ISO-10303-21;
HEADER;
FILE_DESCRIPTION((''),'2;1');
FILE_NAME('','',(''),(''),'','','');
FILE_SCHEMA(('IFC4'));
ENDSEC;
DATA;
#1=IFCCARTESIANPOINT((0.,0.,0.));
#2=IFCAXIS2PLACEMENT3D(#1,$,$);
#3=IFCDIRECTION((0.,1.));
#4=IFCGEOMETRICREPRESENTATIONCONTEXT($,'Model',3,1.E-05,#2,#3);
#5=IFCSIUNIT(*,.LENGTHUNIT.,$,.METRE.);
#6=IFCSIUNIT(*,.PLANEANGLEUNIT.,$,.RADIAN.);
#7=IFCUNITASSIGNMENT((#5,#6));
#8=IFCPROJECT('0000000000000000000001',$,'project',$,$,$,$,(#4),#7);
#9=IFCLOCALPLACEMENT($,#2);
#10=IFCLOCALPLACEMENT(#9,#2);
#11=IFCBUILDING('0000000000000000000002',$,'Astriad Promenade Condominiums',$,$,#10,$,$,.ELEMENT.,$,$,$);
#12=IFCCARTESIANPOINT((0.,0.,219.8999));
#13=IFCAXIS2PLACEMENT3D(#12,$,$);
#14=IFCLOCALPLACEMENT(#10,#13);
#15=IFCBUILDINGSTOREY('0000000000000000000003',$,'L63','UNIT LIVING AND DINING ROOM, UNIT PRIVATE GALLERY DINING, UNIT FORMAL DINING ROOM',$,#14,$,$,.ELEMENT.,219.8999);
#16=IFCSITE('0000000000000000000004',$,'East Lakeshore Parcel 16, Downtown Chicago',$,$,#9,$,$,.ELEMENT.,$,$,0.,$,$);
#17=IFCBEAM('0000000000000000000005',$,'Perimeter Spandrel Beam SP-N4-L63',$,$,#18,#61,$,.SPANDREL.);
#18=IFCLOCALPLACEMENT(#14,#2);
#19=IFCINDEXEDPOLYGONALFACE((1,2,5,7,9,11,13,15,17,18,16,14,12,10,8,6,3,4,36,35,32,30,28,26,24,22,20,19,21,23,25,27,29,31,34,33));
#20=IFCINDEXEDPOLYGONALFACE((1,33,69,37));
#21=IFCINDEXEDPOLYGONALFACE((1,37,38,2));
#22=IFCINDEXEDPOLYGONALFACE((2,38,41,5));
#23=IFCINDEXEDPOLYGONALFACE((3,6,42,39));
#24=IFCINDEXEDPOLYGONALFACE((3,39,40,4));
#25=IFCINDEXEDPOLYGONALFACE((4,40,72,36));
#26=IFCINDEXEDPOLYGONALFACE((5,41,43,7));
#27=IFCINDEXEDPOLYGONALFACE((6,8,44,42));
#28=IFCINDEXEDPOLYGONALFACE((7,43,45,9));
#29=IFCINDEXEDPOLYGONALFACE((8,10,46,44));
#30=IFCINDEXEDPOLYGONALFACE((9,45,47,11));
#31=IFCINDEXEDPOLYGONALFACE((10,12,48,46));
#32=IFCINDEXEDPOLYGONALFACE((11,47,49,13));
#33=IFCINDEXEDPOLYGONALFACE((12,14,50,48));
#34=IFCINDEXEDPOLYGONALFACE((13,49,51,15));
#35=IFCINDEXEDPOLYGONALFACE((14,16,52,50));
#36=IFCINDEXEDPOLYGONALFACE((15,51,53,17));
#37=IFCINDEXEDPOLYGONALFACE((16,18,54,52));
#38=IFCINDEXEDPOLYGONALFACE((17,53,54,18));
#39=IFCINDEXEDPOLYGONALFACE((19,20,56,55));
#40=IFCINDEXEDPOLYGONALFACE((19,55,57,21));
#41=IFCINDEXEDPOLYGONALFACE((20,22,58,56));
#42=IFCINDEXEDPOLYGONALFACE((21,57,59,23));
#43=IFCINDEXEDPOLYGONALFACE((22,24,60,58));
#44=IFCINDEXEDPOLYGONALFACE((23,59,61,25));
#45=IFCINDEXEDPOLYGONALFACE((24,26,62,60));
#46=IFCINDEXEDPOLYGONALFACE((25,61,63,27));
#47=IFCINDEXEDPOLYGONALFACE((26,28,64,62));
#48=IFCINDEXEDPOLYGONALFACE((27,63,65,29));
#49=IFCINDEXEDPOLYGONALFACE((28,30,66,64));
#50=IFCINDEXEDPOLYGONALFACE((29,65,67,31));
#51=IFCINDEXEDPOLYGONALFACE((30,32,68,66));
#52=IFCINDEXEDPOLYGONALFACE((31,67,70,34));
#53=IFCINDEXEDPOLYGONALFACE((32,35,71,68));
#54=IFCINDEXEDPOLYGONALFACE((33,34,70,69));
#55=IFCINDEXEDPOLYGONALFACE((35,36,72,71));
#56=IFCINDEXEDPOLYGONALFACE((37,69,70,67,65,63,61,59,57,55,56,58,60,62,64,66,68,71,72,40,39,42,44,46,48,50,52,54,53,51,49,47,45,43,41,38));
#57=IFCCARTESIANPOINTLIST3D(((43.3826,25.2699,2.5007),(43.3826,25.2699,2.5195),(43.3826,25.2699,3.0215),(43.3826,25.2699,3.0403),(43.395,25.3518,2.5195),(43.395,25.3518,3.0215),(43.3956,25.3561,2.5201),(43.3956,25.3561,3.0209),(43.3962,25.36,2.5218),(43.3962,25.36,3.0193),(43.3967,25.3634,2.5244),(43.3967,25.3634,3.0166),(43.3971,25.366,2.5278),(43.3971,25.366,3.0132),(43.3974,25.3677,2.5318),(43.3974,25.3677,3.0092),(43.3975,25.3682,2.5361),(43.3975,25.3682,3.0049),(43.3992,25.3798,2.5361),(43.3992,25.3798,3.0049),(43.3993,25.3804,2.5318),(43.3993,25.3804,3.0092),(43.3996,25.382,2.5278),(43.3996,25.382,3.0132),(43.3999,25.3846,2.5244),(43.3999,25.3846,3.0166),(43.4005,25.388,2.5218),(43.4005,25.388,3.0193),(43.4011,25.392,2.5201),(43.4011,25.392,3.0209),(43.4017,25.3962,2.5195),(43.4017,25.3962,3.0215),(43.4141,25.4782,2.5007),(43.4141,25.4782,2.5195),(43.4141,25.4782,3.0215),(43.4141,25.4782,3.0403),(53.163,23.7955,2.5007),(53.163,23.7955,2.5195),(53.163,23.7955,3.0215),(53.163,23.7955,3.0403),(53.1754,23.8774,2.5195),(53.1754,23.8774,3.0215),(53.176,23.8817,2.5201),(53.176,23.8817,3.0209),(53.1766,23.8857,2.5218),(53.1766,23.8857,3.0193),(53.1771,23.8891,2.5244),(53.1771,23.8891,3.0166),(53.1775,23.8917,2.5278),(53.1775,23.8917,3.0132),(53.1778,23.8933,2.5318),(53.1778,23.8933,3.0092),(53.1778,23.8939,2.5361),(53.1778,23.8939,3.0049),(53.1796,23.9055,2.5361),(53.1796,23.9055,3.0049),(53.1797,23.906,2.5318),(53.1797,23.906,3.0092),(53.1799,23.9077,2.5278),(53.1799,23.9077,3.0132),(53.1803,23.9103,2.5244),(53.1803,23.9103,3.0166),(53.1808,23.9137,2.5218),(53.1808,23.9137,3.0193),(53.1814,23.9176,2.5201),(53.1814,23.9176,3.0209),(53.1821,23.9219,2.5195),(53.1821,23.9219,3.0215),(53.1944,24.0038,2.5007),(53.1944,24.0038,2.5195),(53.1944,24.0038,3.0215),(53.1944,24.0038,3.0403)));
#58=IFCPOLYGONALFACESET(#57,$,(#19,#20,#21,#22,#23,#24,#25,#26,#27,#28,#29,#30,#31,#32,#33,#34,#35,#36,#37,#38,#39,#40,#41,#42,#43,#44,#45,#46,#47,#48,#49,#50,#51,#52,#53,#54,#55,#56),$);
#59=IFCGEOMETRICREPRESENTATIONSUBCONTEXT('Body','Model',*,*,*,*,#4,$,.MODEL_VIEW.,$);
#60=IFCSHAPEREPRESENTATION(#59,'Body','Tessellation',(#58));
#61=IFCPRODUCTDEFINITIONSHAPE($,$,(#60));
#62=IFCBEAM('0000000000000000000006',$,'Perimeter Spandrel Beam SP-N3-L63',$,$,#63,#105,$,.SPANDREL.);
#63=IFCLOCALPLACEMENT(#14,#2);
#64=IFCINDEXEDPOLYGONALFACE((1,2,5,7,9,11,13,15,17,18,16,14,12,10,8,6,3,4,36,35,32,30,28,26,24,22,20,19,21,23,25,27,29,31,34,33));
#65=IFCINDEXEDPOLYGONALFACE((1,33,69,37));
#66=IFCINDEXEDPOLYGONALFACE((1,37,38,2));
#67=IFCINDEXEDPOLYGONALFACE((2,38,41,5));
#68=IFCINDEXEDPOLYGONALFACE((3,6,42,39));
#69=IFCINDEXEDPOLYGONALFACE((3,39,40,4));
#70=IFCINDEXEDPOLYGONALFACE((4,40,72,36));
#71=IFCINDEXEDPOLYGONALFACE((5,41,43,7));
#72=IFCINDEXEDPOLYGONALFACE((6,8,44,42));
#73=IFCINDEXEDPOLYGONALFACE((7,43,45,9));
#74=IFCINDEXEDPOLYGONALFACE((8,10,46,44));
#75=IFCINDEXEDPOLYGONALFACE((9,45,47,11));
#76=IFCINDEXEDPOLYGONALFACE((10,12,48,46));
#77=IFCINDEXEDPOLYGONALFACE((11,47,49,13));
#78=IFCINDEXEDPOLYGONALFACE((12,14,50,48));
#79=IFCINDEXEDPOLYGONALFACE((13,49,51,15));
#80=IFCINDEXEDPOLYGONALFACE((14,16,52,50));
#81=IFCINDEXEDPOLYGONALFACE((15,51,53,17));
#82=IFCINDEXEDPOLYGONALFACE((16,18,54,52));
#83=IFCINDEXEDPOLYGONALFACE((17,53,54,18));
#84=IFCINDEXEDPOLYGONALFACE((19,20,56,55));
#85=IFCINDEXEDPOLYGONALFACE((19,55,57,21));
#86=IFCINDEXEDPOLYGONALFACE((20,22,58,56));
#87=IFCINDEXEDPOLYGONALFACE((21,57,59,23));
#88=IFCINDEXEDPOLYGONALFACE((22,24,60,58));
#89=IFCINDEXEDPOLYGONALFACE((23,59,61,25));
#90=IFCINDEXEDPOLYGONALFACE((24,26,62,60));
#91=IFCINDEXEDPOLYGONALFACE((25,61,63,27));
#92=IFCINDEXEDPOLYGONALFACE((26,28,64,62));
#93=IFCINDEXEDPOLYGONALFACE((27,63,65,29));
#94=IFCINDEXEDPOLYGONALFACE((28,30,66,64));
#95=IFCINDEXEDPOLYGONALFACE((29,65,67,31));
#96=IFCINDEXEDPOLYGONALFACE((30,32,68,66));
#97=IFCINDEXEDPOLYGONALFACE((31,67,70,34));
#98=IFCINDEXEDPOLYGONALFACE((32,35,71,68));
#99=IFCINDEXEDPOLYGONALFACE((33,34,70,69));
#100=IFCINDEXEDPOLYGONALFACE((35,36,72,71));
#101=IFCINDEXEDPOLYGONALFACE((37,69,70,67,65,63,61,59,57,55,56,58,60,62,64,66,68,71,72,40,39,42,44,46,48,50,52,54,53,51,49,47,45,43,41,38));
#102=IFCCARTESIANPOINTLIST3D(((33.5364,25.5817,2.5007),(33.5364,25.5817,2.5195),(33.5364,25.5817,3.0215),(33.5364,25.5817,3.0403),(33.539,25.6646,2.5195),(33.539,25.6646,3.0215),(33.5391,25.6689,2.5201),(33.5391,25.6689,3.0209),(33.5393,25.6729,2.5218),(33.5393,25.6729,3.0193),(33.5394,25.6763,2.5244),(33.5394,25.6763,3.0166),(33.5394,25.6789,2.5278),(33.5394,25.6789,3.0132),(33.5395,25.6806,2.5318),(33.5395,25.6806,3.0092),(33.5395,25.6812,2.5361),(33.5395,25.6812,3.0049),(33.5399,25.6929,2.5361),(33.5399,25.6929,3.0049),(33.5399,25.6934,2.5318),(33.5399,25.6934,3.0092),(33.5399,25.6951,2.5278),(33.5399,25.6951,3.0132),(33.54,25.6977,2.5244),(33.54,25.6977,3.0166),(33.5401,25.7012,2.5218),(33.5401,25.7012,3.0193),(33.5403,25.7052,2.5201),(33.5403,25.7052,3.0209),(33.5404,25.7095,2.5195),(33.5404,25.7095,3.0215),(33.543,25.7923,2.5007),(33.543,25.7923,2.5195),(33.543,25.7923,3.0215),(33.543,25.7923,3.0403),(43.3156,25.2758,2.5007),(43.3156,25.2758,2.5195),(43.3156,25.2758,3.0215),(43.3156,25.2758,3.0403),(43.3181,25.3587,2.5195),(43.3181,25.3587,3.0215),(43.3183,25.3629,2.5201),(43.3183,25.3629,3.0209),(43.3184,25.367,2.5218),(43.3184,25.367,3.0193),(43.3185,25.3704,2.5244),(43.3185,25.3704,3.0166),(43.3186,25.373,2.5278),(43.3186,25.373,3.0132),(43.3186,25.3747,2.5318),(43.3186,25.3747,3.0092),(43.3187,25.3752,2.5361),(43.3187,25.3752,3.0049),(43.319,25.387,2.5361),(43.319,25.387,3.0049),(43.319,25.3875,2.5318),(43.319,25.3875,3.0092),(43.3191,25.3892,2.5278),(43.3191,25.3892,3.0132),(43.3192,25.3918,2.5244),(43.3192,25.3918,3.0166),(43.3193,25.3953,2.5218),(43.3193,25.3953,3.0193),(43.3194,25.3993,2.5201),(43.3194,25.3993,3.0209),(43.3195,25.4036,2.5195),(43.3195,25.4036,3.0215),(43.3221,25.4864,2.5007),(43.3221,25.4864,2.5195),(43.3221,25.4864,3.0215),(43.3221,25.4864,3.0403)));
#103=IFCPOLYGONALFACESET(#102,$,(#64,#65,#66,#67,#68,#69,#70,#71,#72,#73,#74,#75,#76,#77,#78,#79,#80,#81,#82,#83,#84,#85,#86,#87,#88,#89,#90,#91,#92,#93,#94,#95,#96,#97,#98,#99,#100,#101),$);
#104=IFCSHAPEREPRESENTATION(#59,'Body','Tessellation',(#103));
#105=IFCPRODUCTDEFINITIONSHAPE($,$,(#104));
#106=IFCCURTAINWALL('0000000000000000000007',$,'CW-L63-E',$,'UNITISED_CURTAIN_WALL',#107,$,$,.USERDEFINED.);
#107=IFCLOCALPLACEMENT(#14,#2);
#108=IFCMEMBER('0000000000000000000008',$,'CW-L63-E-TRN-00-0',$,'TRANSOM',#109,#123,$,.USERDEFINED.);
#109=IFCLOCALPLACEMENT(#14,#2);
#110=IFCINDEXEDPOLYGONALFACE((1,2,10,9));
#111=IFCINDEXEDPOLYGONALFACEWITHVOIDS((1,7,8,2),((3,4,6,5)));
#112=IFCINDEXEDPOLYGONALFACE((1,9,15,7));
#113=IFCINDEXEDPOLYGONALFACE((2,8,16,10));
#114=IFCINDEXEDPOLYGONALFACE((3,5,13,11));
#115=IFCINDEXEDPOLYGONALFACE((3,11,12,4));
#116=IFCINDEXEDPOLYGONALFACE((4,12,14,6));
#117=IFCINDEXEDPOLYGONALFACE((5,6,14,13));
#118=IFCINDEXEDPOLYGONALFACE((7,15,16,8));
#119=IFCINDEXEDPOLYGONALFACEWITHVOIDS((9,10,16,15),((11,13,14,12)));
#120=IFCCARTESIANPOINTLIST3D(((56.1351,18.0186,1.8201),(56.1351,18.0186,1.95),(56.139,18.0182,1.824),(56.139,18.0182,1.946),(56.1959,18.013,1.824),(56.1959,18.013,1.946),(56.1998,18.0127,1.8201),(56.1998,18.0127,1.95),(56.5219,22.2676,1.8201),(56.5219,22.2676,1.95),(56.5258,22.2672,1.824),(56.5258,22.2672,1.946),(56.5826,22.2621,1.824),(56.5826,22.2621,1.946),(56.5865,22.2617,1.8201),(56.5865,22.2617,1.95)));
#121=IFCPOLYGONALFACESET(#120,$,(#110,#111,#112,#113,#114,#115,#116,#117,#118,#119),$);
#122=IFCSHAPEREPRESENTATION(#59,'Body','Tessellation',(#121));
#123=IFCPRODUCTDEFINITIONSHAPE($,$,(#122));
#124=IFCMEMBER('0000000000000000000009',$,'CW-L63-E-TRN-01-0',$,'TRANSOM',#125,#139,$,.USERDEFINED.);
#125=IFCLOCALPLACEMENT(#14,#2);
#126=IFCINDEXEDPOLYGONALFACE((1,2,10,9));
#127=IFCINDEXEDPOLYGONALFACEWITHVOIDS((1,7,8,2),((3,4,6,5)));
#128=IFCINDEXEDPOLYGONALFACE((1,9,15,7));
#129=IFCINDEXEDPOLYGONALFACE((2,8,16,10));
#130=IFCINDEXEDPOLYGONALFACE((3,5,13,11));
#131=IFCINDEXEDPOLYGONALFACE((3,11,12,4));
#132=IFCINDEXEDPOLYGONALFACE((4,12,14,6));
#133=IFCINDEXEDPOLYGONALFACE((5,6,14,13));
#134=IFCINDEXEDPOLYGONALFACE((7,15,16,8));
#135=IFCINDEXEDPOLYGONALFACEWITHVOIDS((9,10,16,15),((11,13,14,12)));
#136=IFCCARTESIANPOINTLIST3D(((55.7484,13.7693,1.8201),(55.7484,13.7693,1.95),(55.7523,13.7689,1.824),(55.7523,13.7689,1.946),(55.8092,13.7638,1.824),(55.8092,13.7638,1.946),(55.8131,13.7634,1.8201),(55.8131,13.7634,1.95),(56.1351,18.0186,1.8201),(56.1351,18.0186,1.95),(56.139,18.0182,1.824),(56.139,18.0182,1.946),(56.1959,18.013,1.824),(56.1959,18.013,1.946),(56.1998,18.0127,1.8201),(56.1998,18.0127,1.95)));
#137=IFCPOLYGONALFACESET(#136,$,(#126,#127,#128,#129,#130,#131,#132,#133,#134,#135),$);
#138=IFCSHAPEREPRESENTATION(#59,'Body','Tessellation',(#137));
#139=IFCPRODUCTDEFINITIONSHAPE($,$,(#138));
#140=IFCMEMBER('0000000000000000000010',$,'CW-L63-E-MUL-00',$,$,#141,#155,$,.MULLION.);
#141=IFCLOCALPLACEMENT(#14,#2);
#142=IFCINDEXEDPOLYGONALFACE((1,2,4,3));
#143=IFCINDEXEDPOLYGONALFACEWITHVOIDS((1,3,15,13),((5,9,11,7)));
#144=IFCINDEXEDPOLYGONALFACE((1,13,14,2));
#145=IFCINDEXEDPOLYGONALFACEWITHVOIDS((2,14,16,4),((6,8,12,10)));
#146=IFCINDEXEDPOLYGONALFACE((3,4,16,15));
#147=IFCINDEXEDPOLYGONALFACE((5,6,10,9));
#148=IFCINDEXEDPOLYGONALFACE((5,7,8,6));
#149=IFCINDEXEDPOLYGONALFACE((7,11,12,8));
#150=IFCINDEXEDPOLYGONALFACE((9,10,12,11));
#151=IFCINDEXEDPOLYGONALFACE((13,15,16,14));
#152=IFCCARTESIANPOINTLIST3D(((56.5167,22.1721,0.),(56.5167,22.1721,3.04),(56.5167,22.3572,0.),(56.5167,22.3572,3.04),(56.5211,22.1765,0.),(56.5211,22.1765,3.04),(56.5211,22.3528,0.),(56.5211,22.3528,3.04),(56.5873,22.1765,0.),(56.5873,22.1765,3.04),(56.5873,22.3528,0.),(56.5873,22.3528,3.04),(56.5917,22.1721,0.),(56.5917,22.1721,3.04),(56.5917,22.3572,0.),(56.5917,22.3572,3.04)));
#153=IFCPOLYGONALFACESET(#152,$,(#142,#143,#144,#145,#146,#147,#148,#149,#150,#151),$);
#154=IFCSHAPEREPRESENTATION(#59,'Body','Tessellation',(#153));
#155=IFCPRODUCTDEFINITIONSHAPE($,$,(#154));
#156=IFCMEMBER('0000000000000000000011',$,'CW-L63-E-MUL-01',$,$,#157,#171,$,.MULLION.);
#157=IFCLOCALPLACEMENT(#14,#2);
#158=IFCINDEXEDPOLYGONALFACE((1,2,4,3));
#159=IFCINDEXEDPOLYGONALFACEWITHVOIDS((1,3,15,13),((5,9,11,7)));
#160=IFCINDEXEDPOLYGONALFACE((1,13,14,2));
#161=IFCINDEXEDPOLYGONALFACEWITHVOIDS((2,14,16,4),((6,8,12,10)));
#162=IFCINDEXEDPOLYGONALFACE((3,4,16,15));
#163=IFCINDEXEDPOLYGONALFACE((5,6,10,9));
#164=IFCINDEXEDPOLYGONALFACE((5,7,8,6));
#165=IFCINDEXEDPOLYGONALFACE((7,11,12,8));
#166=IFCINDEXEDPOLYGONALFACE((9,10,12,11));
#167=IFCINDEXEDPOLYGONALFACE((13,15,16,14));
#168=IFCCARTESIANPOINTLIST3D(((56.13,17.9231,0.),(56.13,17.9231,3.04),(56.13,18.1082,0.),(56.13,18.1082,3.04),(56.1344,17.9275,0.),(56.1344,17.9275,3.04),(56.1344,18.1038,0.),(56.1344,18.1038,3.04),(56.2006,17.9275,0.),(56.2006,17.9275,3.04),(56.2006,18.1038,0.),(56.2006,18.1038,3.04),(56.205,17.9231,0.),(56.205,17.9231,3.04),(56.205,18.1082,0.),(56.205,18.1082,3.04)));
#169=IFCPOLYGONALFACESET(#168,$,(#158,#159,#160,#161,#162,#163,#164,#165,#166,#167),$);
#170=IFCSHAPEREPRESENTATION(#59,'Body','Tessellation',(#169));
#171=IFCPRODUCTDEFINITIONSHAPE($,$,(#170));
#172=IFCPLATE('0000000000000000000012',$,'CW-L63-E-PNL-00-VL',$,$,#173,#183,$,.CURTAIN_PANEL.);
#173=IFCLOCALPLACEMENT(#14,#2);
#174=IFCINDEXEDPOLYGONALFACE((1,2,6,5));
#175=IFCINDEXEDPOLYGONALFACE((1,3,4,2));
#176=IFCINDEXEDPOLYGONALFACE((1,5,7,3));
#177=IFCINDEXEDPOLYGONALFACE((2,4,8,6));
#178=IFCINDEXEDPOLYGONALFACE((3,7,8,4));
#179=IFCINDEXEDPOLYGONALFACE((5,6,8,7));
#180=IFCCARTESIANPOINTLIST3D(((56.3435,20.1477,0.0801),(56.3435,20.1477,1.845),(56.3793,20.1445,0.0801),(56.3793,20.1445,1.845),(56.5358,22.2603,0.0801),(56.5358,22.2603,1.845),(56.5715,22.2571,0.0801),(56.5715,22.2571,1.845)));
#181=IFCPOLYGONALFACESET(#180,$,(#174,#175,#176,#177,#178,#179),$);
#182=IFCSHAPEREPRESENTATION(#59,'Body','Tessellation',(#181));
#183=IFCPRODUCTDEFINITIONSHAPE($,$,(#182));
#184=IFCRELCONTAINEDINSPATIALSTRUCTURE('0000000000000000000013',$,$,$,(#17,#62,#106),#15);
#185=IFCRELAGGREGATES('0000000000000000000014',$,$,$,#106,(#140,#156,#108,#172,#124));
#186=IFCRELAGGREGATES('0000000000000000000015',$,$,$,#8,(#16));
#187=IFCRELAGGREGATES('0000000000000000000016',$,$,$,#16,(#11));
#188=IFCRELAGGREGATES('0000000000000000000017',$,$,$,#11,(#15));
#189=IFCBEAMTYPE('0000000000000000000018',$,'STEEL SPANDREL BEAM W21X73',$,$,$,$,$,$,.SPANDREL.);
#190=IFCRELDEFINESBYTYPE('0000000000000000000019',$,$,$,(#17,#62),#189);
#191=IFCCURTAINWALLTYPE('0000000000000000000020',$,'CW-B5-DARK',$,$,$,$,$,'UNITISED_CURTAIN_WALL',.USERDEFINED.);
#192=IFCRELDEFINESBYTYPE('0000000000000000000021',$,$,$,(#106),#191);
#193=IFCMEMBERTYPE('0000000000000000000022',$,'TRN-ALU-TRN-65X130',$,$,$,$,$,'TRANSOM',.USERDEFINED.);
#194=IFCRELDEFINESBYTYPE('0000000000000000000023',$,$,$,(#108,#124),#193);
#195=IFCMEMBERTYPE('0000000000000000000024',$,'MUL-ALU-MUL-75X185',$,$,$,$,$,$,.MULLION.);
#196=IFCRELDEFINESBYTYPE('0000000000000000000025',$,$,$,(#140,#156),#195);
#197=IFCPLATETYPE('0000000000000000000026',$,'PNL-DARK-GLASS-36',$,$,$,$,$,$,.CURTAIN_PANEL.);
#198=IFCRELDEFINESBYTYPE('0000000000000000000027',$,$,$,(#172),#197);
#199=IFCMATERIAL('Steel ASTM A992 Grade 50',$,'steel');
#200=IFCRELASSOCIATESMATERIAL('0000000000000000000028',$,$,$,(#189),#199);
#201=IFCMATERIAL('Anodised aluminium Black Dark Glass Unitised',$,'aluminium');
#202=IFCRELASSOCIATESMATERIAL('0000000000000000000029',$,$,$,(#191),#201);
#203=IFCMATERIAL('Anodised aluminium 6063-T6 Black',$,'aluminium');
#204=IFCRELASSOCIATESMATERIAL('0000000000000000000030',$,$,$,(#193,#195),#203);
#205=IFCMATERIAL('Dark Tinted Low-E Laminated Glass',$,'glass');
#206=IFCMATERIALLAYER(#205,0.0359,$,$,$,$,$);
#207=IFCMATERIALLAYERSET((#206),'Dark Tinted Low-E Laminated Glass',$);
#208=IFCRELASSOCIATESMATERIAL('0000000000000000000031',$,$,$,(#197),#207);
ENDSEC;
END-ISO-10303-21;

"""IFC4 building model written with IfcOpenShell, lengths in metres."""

from ifc_helpers import new_model, si_unit, direction, frame, origin, origin_2d, place, context, subcontext, project, spatial, rectangle, hollow_rectangle, i_section, extrude, source, transform, mapped, material, layer, layer_set, material_profile, profile_set, type_object, type_shapes, element, aggregate, save


model = new_model("IFC4")

# Units and contexts
model_context = context("Model", 3, precision=1e-05, world=origin(), true_north=direction((0.0, 1.0)))
body_context = subcontext(model_context, "Body", "Model", "MODEL_VIEW")
ifc_project = project(units=[si_unit("LENGTHUNIT", "METRE"), si_unit("PLANEANGLEUNIT", "RADIAN")], contexts=[model_context])

# Site, building, storey
site_placement = place(None, origin())
site = spatial("IfcSite", under=ifc_project, at=site_placement, Name="East Lakeshore Parcel 16, Downtown Chicago", CompositionType="ELEMENT", RefElevation=0.0)
building_placement = place(site_placement, origin())
building = spatial("IfcBuilding", under=site, at=building_placement, Name="Astriad Promenade Condominiums", CompositionType="ELEMENT")
storey_placement = place(building_placement, frame((0.0, 0.0, 219.8999)))
storey = spatial("IfcBuildingStorey", under=building, at=storey_placement, Name="L63", Description="UNIT LIVING AND DINING ROOM, UNIT PRIVATE GALLERY DINING, UNIT FORMAL DINING ROOM", CompositionType="ELEMENT", Elevation=219.8999)

# Shared definitions
ifc_material_1 = material(Name="Steel ASTM A992 Grade 50", Category="steel")

# Beams
ifc_material_profile_1 = material_profile(ifc_material_1, i_section(OverallWidth=0.2107, OverallDepth=0.5396, WebThickness=0.0117, FlangeThickness=0.0188, FilletRadius=0.0166, at=origin_2d()), Name="W21X73")
ifc_profile_set_1 = profile_set([ifc_material_profile_1], Name="Steel ASTM A992 Grade 50")
beam_type_1 = type_object("IfcBeamType", Name="STEEL SPANDREL BEAM W21X73", PredefinedType="SPANDREL", material=ifc_profile_set_1)
shared_shape_1 = source(origin(), body_context, "Body", "SweptSolid", [
    extrude(i_section(OverallWidth=0.2107, OverallDepth=0.5396, WebThickness=0.0117, FlangeThickness=0.0188, FilletRadius=0.0166, at=origin_2d()), origin(), (0.0, 0.0, 1.0), 9.8909),
])
beam_1_placement = place(storey_placement, frame((53.1787, 23.8997, 2.7705), z_axis=(-0.988827, 0.149065, 0.0), x_axis=(-0.149065, -0.988827, 0.0)))
element("IfcBeam", 1, at=beam_1_placement, inside=storey, type_object=beam_type_1, Name="Perimeter Spandrel Beam SP-N4-L63", PredefinedType="SPANDREL", context=body_context, shape_type="MappedRepresentation", body=[
    mapped(shared_shape_1, transform((0.0, 0.0, 0.0), scale=1.0)),
])
shared_shape_2 = source(origin(), body_context, "Body", "SweptSolid", [
    extrude(i_section(OverallWidth=0.2107, OverallDepth=0.5396, WebThickness=0.0117, FlangeThickness=0.0188, FilletRadius=0.0166, at=origin_2d()), origin(), (0.0, 0.0, 1.0), 9.7839),
])
type_shapes(beam_type_1, [shared_shape_1, shared_shape_2])
beam_2_placement = place(storey_placement, frame((43.3188, 25.3811, 2.7705), z_axis=(-0.999511, 0.031267, 0.0), x_axis=(-0.031267, -0.999511, 0.0)))
element("IfcBeam", 2, at=beam_2_placement, inside=storey, type_object=beam_type_1, Name="Perimeter Spandrel Beam SP-N3-L63", PredefinedType="SPANDREL", context=body_context, shape_type="MappedRepresentation", body=[
    mapped(shared_shape_2, transform((0.0, 0.0, 0.0), scale=1.0)),
])

# Curtain wall, members, plate
ifc_material_2 = material(Name="Anodised aluminium Black Dark Glass Unitised", Category="aluminium")
curtain_wall_type = type_object("IfcCurtainWallType", Name="CW-B5-DARK", ElementType="UNITISED_CURTAIN_WALL", PredefinedType="USERDEFINED", material=ifc_material_2)
curtain_wall_placement = place(storey_placement, origin())
curtain_wall = element("IfcCurtainWall", 3, at=curtain_wall_placement, inside=storey, type_object=curtain_wall_type, Name="CW-L63-E", ObjectType="UNITISED_CURTAIN_WALL", PredefinedType="USERDEFINED")
ifc_material_3 = material(Name="Anodised aluminium 6063-T6 Black", Category="aluminium")
ifc_material_profile_2 = material_profile(ifc_material_3, hollow_rectangle(XDim=0.0649, YDim=0.1299, WallThickness=0.0039, at=origin_2d()), Name="ALU-TRN-65X130")
ifc_profile_set_2 = profile_set([ifc_material_profile_2], Name="Anodised aluminium 6063-T6 Black")
member_type_1 = type_object("IfcMemberType", Name="TRN-ALU-TRN-65X130", ElementType="TRANSOM", PredefinedType="USERDEFINED", material=ifc_profile_set_2)
shared_shape_3 = source(origin(), body_context, "Body", "SweptSolid", [
    extrude(hollow_rectangle(XDim=0.0649, YDim=0.1299, WallThickness=0.0039, at=origin_2d()), origin(), (0.0, 0.0, 1.0), 4.2666),
])
member_1_placement = place(storey_placement, frame((56.5542, 22.2646, 1.885), z_axis=(-0.090639, -0.995884, 0.0), x_axis=(0.995884, -0.090639, 0.0)))
member_1 = element("IfcMember", 4, at=member_1_placement, type_object=member_type_1, Name="CW-L63-E-TRN-00-0", ObjectType="TRANSOM", PredefinedType="USERDEFINED", context=body_context, shape_type="MappedRepresentation", body=[
    mapped(shared_shape_3, transform((0.0, 0.0, 0.0), scale=1.0)),
])
shared_shape_4 = source(origin(), body_context, "Body", "SweptSolid", [
    extrude(hollow_rectangle(XDim=0.0649, YDim=0.1299, WallThickness=0.0039, at=origin_2d()), origin(), (0.0, 0.0, 1.0), 4.2668),
])
type_shapes(member_type_1, [shared_shape_3, shared_shape_4])
member_2_placement = place(storey_placement, frame((56.1675, 18.0156, 1.885), z_axis=(-0.090634, -0.995884, 0.0), x_axis=(0.995884, -0.090634, 0.0)))
member_2 = element("IfcMember", 5, at=member_2_placement, type_object=member_type_1, Name="CW-L63-E-TRN-01-0", ObjectType="TRANSOM", PredefinedType="USERDEFINED", context=body_context, shape_type="MappedRepresentation", body=[
    mapped(shared_shape_4, transform((0.0, 0.0, 0.0), scale=1.0)),
])
ifc_material_profile_3 = material_profile(ifc_material_3, hollow_rectangle(XDim=0.075, YDim=0.1851, WallThickness=0.0044, at=origin_2d()), Name="ALU-MUL-75X185")
ifc_profile_set_3 = profile_set([ifc_material_profile_3], Name="Anodised aluminium 6063-T6 Black")
member_type_2 = type_object("IfcMemberType", Name="MUL-ALU-MUL-75X185", PredefinedType="MULLION", material=ifc_profile_set_3)
shared_shape_5 = source(origin(), body_context, "Body", "SweptSolid", [
    extrude(hollow_rectangle(XDim=0.075, YDim=0.1851, WallThickness=0.0044, at=origin_2d()), origin(), (0.0, 0.0, 1.0), 3.04),
])
type_shapes(member_type_2, [shared_shape_5])
member_3_placement = place(storey_placement, frame((56.5542, 22.2646, 0.0), z_axis=(0.0, 0.0, 1.0), x_axis=(1.0, 0.0, 0.0)))
member_3 = element("IfcMember", 6, at=member_3_placement, type_object=member_type_2, Name="CW-L63-E-MUL-00", PredefinedType="MULLION", context=body_context, shape_type="MappedRepresentation", body=[
    mapped(shared_shape_5, transform((0.0, 0.0, 0.0), scale=1.0)),
])
member_4_placement = place(storey_placement, frame((56.1675, 18.0156, 0.0), z_axis=(0.0, 0.0, 1.0), x_axis=(1.0, 0.0, 0.0)))
member_4 = element("IfcMember", 7, at=member_4_placement, type_object=member_type_2, Name="CW-L63-E-MUL-01", PredefinedType="MULLION", context=body_context, shape_type="MappedRepresentation", body=[
    mapped(shared_shape_5, transform((0.0, 0.0, 0.0), scale=1.0)),
])
ifc_material_4 = material(Name="Dark Tinted Low-E Laminated Glass", Category="glass")
ifc_layer_1 = layer(ifc_material_4, 0.0359)
ifc_layer_set_1 = layer_set([ifc_layer_1], Name="Dark Tinted Low-E Laminated Glass")
plate_type = type_object("IfcPlateType", Name="PNL-DARK-GLASS-36", PredefinedType="CURTAIN_PANEL", material=ifc_layer_set_1)
shared_shape_6 = source(origin(), body_context, "Body", "SweptSolid", [
    extrude(rectangle(XDim=2.1213, YDim=0.0359, at=origin_2d()), origin(), (0.0, 0.0, 1.0), 1.7649),
])
plate_1_placement = place(storey_placement, frame((56.4575, 21.2024, 0.0801), z_axis=(0.0, 0.0, 1.0), x_axis=(-0.090633, -0.995884, 0.0)))
plate_1 = element("IfcPlate", 8, at=plate_1_placement, type_object=plate_type, Name="CW-L63-E-PNL-00-VL", PredefinedType="CURTAIN_PANEL", context=body_context, shape_type="MappedRepresentation", body=[
    mapped(shared_shape_6, transform((0.0, 0.0, 0.0), scale=1.0)),
])
aggregate(curtain_wall, [member_3, member_4, member_1, plate_1, member_2])

save(model, "model.ifc")
